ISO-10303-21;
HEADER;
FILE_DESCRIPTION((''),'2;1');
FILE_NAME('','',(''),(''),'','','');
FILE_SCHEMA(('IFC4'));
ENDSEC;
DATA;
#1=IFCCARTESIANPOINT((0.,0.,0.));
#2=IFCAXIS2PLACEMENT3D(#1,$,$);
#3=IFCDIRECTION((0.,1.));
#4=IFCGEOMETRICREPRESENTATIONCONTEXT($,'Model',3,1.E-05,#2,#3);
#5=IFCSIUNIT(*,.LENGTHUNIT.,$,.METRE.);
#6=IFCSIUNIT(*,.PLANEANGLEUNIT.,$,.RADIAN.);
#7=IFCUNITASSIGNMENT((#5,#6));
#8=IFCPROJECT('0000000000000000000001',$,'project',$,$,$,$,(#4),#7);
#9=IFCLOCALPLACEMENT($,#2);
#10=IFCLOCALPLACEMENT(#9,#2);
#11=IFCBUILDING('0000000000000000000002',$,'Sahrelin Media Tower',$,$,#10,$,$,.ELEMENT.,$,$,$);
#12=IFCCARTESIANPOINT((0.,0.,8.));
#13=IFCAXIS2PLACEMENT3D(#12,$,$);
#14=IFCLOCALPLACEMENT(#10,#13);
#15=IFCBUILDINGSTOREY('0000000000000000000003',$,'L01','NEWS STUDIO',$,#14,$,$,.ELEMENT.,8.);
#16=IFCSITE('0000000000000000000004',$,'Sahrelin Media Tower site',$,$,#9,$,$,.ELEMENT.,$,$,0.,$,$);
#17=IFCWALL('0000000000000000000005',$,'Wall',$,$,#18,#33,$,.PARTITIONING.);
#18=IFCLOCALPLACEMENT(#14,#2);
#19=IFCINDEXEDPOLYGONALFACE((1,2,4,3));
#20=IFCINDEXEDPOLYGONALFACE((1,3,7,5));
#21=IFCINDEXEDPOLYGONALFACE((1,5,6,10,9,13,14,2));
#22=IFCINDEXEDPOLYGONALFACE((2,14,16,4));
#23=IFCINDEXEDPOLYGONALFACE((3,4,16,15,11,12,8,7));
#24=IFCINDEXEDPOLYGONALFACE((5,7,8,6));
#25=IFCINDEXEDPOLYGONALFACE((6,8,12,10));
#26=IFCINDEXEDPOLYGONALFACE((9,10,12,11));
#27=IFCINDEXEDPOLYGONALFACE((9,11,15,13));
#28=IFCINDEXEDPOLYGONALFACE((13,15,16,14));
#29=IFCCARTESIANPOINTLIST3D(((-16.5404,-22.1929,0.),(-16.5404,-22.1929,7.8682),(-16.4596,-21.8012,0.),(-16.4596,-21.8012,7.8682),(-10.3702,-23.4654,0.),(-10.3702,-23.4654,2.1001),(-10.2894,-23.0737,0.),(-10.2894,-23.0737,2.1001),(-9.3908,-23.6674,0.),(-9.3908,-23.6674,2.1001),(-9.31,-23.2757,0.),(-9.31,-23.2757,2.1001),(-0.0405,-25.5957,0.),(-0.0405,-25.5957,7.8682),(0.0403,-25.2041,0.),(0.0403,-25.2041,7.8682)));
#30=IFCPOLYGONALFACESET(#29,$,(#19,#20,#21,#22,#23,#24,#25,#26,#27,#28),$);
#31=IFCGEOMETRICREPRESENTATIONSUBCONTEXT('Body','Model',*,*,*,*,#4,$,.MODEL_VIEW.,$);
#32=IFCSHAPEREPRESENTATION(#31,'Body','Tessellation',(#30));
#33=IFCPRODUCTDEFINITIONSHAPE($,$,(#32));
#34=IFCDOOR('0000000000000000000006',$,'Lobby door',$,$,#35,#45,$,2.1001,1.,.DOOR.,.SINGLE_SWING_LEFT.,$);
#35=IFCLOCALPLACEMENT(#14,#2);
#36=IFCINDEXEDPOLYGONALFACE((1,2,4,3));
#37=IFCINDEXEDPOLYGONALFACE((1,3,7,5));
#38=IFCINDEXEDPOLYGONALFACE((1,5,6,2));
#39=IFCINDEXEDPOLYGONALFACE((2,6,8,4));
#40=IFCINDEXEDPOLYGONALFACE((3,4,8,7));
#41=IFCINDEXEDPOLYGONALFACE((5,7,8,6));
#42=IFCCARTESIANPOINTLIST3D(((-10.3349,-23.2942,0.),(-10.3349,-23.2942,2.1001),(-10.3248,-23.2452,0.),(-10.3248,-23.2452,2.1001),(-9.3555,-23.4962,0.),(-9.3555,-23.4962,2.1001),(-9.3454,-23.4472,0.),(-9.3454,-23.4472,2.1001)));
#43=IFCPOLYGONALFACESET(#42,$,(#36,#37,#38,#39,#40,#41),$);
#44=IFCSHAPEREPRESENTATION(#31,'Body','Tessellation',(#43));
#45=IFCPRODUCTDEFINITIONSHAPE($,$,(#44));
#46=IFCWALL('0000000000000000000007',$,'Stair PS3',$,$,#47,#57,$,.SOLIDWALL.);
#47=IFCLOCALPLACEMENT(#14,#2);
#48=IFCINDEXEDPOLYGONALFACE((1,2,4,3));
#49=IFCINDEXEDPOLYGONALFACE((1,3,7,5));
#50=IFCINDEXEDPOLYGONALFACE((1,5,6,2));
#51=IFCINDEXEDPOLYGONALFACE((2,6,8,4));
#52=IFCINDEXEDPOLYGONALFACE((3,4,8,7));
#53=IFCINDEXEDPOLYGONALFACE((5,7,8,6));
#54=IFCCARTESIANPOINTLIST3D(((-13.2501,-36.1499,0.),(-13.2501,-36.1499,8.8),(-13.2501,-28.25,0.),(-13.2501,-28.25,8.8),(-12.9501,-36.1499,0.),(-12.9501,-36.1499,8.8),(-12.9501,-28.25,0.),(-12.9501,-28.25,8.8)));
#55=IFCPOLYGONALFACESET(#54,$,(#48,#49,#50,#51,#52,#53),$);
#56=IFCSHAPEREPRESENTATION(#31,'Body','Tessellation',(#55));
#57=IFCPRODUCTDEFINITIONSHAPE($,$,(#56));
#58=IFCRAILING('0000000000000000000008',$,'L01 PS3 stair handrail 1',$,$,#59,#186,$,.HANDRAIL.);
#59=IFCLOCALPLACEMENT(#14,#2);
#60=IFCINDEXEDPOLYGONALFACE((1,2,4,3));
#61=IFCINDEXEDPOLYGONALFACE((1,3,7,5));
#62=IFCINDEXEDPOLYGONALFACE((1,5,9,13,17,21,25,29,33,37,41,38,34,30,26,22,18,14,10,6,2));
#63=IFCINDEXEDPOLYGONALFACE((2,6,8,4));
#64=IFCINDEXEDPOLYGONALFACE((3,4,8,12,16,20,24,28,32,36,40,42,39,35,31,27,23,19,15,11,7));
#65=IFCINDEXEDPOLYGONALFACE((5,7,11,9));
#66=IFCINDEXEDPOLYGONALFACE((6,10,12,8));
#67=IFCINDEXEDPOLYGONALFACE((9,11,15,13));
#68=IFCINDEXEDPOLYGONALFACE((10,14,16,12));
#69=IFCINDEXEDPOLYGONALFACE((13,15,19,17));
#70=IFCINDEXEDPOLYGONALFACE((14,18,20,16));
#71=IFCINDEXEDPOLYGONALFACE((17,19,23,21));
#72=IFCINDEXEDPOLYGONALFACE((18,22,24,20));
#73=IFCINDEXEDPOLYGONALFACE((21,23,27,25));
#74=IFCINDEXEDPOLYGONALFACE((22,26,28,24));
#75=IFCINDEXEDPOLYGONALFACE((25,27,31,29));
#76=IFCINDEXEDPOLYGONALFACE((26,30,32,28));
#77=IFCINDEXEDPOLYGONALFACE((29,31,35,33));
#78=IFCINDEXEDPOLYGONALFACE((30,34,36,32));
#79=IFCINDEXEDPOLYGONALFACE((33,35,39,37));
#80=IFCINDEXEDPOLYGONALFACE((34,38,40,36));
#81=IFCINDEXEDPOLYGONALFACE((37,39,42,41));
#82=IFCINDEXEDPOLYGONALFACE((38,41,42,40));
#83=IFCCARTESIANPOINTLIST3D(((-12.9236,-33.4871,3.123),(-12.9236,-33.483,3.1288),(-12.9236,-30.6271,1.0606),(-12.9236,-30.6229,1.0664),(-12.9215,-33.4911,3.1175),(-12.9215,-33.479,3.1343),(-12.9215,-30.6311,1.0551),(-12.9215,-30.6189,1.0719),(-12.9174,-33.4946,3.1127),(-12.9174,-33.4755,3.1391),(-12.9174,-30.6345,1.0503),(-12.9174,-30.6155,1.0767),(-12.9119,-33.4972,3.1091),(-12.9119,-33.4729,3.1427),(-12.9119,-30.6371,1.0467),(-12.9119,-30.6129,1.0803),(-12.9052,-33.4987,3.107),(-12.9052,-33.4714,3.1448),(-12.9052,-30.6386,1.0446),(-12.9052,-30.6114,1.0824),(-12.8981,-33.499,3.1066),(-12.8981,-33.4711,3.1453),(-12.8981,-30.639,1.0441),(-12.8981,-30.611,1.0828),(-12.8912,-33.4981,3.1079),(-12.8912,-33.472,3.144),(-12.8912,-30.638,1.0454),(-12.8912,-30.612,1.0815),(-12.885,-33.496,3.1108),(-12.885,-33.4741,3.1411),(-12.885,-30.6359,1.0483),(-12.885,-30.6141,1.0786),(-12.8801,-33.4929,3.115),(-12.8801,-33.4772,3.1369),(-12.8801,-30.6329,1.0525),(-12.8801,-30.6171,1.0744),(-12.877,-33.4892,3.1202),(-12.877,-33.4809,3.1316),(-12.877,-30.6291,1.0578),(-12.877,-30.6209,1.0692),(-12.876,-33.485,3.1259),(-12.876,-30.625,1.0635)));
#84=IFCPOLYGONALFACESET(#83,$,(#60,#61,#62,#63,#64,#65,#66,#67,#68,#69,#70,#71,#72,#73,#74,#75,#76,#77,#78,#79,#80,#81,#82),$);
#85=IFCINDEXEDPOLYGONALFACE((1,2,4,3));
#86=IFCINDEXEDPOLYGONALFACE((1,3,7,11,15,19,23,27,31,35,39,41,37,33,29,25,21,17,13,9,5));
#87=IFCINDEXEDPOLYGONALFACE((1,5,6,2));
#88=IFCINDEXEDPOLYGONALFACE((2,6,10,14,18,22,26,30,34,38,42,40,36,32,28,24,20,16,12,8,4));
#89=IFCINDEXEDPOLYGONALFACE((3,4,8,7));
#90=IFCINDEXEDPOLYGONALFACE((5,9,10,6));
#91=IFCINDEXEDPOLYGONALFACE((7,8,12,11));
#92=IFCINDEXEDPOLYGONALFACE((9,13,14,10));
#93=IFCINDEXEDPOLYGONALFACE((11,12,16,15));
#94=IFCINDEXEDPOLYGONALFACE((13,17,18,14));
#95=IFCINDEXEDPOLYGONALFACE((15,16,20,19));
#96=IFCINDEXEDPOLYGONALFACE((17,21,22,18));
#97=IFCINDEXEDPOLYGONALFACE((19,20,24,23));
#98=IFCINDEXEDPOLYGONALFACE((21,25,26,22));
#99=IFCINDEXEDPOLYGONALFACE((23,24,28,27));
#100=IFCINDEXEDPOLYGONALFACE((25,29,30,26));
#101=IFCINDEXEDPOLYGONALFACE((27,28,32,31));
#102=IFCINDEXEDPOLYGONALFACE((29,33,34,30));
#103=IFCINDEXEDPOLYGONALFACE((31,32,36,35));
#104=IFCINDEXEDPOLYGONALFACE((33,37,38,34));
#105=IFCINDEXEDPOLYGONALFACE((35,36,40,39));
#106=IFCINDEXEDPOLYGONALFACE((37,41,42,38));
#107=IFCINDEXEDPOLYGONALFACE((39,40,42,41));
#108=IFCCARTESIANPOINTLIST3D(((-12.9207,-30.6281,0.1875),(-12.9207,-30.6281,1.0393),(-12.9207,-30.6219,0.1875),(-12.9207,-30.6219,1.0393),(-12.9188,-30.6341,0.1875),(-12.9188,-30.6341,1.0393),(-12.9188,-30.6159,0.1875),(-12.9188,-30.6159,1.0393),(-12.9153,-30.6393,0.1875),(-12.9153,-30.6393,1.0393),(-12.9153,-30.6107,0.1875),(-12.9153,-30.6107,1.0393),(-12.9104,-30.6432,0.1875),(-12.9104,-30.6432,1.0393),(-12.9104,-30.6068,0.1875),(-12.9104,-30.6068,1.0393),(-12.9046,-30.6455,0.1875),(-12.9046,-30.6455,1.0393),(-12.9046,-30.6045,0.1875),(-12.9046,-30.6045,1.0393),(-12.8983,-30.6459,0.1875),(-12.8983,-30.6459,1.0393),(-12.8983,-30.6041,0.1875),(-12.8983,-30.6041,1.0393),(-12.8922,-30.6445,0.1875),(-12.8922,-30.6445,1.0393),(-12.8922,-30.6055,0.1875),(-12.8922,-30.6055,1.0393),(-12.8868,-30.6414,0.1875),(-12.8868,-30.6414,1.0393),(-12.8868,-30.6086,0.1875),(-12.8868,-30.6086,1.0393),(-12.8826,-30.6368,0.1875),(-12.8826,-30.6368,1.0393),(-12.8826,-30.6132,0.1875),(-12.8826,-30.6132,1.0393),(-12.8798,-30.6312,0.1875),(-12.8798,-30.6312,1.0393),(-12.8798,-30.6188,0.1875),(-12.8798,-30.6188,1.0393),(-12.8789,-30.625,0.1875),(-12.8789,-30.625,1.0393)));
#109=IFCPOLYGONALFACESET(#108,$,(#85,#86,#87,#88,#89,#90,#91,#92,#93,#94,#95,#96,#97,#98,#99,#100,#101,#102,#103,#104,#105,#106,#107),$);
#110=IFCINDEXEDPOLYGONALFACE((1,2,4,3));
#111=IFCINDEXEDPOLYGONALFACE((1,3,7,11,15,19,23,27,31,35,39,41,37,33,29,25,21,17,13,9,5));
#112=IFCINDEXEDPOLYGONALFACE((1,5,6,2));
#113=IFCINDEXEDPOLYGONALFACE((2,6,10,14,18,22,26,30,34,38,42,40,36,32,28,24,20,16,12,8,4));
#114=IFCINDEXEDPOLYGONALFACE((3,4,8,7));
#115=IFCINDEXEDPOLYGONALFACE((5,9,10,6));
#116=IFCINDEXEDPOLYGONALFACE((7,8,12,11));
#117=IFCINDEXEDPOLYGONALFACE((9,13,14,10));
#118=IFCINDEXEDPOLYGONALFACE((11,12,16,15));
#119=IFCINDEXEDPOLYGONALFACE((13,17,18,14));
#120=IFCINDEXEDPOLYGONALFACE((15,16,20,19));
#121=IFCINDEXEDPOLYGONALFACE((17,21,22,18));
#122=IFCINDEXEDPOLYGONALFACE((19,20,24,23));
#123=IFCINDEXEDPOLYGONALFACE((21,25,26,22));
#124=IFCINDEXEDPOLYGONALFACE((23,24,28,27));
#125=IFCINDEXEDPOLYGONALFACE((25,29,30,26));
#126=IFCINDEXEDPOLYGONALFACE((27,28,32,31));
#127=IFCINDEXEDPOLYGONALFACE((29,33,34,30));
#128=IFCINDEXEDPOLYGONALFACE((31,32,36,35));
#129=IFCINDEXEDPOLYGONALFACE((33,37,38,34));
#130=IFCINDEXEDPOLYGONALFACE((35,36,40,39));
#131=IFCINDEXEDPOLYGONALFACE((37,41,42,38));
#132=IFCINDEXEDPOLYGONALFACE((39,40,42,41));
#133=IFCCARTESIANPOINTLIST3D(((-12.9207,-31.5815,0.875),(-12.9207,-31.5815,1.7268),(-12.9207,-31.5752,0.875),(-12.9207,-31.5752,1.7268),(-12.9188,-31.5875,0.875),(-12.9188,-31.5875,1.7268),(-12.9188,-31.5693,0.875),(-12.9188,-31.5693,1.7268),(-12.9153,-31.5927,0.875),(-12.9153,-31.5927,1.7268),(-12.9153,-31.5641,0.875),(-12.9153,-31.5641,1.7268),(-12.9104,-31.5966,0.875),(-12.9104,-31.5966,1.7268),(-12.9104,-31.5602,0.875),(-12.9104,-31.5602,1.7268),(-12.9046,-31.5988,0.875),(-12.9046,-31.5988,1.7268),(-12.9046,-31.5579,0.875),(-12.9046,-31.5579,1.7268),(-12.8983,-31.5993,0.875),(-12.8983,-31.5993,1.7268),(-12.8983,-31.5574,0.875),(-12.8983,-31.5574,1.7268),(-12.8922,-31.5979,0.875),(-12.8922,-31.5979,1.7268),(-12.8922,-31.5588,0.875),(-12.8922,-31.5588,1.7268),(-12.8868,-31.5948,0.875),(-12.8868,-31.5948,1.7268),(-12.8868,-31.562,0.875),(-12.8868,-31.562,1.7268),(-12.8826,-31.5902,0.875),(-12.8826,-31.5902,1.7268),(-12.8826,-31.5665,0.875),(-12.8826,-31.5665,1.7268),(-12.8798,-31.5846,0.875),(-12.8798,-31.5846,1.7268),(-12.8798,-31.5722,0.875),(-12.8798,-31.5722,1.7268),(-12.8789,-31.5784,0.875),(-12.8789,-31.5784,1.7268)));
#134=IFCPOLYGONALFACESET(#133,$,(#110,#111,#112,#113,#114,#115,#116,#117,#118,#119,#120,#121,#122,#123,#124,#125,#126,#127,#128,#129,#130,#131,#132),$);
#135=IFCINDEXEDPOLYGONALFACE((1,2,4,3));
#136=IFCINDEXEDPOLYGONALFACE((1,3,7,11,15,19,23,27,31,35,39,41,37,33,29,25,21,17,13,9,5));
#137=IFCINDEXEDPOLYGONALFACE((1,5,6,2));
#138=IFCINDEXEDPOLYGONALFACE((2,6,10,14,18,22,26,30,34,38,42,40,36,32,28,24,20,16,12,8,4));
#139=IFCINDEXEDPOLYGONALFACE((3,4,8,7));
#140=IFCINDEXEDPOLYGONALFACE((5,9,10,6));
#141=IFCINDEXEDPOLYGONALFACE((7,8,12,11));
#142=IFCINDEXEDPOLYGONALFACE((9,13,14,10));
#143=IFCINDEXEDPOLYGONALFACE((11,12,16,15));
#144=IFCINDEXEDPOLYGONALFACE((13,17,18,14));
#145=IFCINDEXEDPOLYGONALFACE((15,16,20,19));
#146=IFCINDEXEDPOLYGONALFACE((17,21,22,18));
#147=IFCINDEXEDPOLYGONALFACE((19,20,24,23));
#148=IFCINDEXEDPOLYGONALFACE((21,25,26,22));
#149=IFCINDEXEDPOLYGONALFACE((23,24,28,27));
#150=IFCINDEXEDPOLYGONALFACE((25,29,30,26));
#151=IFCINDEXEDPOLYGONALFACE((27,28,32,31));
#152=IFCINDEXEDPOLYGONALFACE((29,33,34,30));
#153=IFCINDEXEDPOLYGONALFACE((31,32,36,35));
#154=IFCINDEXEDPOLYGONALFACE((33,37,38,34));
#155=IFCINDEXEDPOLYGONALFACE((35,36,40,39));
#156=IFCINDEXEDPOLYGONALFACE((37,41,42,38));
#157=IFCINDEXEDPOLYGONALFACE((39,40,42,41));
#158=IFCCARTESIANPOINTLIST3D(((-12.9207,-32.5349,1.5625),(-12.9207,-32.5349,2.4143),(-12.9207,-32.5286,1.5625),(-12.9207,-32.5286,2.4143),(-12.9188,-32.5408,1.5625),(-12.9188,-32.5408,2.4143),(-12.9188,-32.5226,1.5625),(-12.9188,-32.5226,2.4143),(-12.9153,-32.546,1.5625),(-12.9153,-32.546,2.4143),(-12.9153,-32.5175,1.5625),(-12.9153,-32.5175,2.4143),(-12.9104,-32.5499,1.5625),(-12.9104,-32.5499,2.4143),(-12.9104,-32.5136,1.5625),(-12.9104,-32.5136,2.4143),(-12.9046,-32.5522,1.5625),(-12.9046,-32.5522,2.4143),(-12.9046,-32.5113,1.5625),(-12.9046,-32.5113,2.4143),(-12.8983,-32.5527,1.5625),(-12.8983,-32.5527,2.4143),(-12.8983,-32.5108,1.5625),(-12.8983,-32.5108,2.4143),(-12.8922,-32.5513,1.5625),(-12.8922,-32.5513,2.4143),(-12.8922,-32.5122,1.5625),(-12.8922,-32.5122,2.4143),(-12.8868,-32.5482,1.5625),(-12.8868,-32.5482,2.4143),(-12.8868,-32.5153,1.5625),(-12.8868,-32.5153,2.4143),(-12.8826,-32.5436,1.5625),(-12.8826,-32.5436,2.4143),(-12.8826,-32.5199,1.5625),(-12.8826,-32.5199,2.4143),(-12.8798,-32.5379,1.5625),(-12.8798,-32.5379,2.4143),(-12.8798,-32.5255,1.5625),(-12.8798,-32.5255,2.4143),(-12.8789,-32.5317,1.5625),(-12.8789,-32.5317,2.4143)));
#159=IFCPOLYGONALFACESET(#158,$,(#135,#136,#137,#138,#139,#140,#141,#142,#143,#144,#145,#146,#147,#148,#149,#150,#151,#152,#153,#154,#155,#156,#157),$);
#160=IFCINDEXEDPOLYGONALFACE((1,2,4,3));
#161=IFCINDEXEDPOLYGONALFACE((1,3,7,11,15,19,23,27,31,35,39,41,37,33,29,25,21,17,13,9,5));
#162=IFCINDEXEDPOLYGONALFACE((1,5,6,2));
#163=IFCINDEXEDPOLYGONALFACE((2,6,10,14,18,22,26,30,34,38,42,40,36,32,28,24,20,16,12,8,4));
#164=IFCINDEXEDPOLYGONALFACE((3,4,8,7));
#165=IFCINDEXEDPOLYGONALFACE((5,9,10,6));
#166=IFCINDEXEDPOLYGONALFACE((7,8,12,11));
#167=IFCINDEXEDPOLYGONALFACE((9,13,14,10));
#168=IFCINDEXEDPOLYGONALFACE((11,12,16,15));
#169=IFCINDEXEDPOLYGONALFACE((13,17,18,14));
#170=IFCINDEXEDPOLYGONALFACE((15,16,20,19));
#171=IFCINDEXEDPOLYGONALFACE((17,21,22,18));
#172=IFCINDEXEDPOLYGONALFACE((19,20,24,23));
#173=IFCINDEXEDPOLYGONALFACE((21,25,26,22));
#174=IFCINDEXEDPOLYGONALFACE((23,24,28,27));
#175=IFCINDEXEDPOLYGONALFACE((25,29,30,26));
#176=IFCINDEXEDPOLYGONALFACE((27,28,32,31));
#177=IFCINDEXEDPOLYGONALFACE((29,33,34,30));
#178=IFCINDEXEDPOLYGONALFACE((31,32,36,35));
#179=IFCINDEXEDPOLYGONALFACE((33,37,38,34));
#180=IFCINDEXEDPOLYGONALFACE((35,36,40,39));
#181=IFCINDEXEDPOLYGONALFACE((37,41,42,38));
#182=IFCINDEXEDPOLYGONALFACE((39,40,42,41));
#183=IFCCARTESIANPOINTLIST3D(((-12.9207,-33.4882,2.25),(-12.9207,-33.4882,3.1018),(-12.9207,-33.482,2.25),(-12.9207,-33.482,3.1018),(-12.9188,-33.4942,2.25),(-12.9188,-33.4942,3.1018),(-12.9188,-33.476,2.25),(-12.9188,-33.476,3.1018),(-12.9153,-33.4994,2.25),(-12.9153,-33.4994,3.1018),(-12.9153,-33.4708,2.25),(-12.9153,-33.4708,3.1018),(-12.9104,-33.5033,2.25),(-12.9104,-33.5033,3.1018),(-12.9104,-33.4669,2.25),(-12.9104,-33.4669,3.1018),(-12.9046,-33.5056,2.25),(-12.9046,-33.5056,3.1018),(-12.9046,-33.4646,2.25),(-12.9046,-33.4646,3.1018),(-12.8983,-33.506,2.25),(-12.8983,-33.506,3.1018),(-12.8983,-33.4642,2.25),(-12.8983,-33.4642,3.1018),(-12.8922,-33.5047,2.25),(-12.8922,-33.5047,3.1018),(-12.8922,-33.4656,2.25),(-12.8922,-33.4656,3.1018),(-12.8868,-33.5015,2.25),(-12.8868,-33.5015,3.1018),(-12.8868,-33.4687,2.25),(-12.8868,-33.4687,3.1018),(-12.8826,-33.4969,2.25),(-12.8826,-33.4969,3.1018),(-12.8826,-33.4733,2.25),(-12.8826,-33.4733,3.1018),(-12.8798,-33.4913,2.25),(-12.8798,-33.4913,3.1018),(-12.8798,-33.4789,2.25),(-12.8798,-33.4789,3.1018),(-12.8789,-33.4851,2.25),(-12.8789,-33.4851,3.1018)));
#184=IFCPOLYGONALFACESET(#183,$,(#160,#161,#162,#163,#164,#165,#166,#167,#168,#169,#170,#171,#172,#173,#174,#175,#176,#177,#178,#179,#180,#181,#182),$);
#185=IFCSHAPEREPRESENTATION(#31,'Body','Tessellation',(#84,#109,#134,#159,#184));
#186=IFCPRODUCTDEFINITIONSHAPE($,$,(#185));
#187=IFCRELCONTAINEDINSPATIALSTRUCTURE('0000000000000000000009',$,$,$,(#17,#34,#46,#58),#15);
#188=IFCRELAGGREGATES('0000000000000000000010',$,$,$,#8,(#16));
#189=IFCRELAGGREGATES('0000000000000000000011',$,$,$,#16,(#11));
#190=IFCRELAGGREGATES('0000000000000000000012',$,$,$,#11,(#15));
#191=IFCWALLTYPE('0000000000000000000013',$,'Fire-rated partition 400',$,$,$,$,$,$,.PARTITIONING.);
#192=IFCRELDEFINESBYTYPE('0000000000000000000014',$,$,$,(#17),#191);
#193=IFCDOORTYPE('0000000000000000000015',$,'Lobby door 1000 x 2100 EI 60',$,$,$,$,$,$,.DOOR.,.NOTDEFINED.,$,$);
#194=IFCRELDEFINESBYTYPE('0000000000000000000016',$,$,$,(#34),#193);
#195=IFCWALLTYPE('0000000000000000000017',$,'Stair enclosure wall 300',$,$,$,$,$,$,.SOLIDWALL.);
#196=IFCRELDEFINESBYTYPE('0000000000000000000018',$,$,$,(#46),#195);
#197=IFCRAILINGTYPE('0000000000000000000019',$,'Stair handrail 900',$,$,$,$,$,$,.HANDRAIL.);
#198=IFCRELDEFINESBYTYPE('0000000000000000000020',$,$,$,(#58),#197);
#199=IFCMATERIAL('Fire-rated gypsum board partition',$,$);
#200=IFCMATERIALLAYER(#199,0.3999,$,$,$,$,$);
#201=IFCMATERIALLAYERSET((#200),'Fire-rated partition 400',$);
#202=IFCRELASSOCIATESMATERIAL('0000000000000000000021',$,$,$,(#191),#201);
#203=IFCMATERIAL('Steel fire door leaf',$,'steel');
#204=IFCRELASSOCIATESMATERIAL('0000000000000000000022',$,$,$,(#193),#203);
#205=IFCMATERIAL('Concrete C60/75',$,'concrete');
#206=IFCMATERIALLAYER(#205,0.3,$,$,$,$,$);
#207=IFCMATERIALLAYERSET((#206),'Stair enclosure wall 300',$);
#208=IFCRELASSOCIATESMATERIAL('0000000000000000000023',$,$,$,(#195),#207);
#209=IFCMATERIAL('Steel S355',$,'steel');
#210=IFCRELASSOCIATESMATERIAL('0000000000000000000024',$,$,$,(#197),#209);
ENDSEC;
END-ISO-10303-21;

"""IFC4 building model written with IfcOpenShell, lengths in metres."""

from ifc_helpers import new_model, si_unit, direction, frame, frame_2d, origin, origin_2d, place, context, subcontext, project, spatial, rectangle, circle, extrude, material, layer, layer_set, type_object, element, fill, save


model = new_model("IFC4")

# Units and contexts
model_context = context("Model", 3, precision=1e-05, world=origin(), true_north=direction((0.0, 1.0)))
body_context = subcontext(model_context, "Body", "Model", "MODEL_VIEW")
ifc_project = project(units=[si_unit("LENGTHUNIT", "METRE"), si_unit("PLANEANGLEUNIT", "RADIAN")], contexts=[model_context])

# Site, building, storey
site_placement = place(None, origin())
site = spatial("IfcSite", under=ifc_project, at=site_placement, Name="Sahrelin Media Tower site", CompositionType="ELEMENT", RefElevation=0.0)
building_placement = place(site_placement, origin())
building = spatial("IfcBuilding", under=site, at=building_placement, Name="Sahrelin Media Tower", CompositionType="ELEMENT")
storey_placement = place(building_placement, frame((0.0, 0.0, 8.0)))
storey = spatial("IfcBuildingStorey", under=building, at=storey_placement, Name="L01", Description="NEWS STUDIO", CompositionType="ELEMENT", Elevation=8.0)

# Shared definitions
ifc_material_1 = material(Name="Steel S355", Category="steel")

# Shared definitions
ifc_material_2 = material(Name="Fire-rated gypsum board partition")

# Shared definitions
ifc_material_3 = material(Name="Steel fire door leaf", Category="steel")

# Shared definitions
ifc_layer_1 = layer(ifc_material_2, 0.3999)
ifc_layer_set_1 = layer_set([ifc_layer_1], Name="Fire-rated partition 400")
wall_type_1 = type_object("IfcWallType", Name="Fire-rated partition 400", PredefinedType="PARTITIONING", material=ifc_layer_set_1)

# Wall, opening, door
wall_1_placement = place(storey_placement, frame((-16.5, -21.9971, 0.0), z_axis=(0.0, 0.0, 1.0), x_axis=(0.979389, -0.201982, 0.0)))
wall_1 = element("IfcWall", 1, at=wall_1_placement, inside=storey, type_object=wall_type_1, Name="Wall", PredefinedType="PARTITIONING", context=body_context, shape_type="SweptSolid", body=[
    extrude(rectangle(XDim=16.8472, YDim=0.3999, at=frame_2d((8.4236, 0.0))), origin(), (0.0, 0.0, 1.0), 7.8682),
])
opening_1_placement = place(wall_1_placement, frame((6.3, 0.0, 0.0)))
opening_1 = element("IfcOpeningElement", 2, at=opening_1_placement, cuts=wall_1, PredefinedType="OPENING", context=body_context, shape_type="SweptSolid", body=[
    extrude(rectangle(XDim=1.0, YDim=2.1001, at=frame_2d((0.5, 1.05))), frame((0.0, 0.2, 0.0), z_axis=(0.0, -1.0, 0.0), x_axis=(1.0, 0.0, 0.0)), (0.0, 0.0, 1.0), 0.3999),
])
door_type_1 = type_object("IfcDoorType", Name="Lobby door 1000 x 2100 EI 60", OperationType="NOTDEFINED", PredefinedType="DOOR", material=ifc_material_3)
door_1_placement = place(opening_1_placement, origin())
door_1 = element("IfcDoor", 3, at=door_1_placement, inside=storey, type_object=door_type_1, Name="Lobby door", OperationType="SINGLE_SWING_LEFT", OverallHeight=2.1001, OverallWidth=1.0, PredefinedType="DOOR", context=body_context, shape_type="SweptSolid", body=[
    extrude(rectangle(XDim=1.0, YDim=2.1001, at=frame_2d((0.5, 1.05))), frame((0.0, 0.0249, 0.0), z_axis=(0.0, -1.0, 0.0), x_axis=(1.0, 0.0, 0.0)), (0.0, 0.0, 1.0), 0.05),
])
fill(opening_1, door_1)

# Wall
ifc_material_4 = material(Name="Concrete C60/75", Category="concrete")
ifc_layer_2 = layer(ifc_material_4, 0.3)
ifc_layer_set_2 = layer_set([ifc_layer_2], Name="Stair enclosure wall 300")
wall_type_2 = type_object("IfcWallType", Name="Stair enclosure wall 300", PredefinedType="SOLIDWALL", material=ifc_layer_set_2)
wall_2_placement = place(storey_placement, frame((-13.1001, -36.1499, 0.0), z_axis=(0.0, 0.0, 1.0), x_axis=(0.0, 1.0, 0.0)))
element("IfcWall", 4, at=wall_2_placement, inside=storey, type_object=wall_type_2, Name="Stair PS3", PredefinedType="SOLIDWALL", context=body_context, shape_type="SweptSolid", body=[
    extrude(rectangle(XDim=7.8999, YDim=0.3, at=frame_2d((3.95, 0.0))), origin(), (0.0, 0.0, 1.0), 8.8),
])

# Railing
railing_type = type_object("IfcRailingType", Name="Stair handrail 900", PredefinedType="HANDRAIL", material=ifc_material_1)
railing_placement = place(storey_placement, frame((-12.8999, -30.625, 0.1875)))
element("IfcRailing", 5, at=railing_placement, inside=storey, type_object=railing_type, Name="L01 PS3 stair handrail 1", PredefinedType="HANDRAIL", context=body_context, shape_type="SweptSolid", body=[
    extrude(circle(Radius=0.0239, at=origin_2d()), frame((0.0, 0.0, 0.876), z_axis=(0.0, -0.811101, 0.584906), x_axis=(1.0, 0.0, 0.0)), (0.0, 0.0, 1.0), 3.5261),
    extrude(circle(Radius=0.021, at=origin_2d()), origin(), (0.0, 0.0, 1.0), 0.8518),
    extrude(circle(Radius=0.021, at=origin_2d()), frame((0.0, -0.9534, 0.6875)), (0.0, 0.0, 1.0), 0.8518),
    extrude(circle(Radius=0.021, at=origin_2d()), frame((0.0, -1.9067, 1.375)), (0.0, 0.0, 1.0), 0.8518),
    extrude(circle(Radius=0.021, at=origin_2d()), frame((0.0, -2.8601, 2.0625)), (0.0, 0.0, 1.0), 0.8518),
])

save(model, "model.ifc")
